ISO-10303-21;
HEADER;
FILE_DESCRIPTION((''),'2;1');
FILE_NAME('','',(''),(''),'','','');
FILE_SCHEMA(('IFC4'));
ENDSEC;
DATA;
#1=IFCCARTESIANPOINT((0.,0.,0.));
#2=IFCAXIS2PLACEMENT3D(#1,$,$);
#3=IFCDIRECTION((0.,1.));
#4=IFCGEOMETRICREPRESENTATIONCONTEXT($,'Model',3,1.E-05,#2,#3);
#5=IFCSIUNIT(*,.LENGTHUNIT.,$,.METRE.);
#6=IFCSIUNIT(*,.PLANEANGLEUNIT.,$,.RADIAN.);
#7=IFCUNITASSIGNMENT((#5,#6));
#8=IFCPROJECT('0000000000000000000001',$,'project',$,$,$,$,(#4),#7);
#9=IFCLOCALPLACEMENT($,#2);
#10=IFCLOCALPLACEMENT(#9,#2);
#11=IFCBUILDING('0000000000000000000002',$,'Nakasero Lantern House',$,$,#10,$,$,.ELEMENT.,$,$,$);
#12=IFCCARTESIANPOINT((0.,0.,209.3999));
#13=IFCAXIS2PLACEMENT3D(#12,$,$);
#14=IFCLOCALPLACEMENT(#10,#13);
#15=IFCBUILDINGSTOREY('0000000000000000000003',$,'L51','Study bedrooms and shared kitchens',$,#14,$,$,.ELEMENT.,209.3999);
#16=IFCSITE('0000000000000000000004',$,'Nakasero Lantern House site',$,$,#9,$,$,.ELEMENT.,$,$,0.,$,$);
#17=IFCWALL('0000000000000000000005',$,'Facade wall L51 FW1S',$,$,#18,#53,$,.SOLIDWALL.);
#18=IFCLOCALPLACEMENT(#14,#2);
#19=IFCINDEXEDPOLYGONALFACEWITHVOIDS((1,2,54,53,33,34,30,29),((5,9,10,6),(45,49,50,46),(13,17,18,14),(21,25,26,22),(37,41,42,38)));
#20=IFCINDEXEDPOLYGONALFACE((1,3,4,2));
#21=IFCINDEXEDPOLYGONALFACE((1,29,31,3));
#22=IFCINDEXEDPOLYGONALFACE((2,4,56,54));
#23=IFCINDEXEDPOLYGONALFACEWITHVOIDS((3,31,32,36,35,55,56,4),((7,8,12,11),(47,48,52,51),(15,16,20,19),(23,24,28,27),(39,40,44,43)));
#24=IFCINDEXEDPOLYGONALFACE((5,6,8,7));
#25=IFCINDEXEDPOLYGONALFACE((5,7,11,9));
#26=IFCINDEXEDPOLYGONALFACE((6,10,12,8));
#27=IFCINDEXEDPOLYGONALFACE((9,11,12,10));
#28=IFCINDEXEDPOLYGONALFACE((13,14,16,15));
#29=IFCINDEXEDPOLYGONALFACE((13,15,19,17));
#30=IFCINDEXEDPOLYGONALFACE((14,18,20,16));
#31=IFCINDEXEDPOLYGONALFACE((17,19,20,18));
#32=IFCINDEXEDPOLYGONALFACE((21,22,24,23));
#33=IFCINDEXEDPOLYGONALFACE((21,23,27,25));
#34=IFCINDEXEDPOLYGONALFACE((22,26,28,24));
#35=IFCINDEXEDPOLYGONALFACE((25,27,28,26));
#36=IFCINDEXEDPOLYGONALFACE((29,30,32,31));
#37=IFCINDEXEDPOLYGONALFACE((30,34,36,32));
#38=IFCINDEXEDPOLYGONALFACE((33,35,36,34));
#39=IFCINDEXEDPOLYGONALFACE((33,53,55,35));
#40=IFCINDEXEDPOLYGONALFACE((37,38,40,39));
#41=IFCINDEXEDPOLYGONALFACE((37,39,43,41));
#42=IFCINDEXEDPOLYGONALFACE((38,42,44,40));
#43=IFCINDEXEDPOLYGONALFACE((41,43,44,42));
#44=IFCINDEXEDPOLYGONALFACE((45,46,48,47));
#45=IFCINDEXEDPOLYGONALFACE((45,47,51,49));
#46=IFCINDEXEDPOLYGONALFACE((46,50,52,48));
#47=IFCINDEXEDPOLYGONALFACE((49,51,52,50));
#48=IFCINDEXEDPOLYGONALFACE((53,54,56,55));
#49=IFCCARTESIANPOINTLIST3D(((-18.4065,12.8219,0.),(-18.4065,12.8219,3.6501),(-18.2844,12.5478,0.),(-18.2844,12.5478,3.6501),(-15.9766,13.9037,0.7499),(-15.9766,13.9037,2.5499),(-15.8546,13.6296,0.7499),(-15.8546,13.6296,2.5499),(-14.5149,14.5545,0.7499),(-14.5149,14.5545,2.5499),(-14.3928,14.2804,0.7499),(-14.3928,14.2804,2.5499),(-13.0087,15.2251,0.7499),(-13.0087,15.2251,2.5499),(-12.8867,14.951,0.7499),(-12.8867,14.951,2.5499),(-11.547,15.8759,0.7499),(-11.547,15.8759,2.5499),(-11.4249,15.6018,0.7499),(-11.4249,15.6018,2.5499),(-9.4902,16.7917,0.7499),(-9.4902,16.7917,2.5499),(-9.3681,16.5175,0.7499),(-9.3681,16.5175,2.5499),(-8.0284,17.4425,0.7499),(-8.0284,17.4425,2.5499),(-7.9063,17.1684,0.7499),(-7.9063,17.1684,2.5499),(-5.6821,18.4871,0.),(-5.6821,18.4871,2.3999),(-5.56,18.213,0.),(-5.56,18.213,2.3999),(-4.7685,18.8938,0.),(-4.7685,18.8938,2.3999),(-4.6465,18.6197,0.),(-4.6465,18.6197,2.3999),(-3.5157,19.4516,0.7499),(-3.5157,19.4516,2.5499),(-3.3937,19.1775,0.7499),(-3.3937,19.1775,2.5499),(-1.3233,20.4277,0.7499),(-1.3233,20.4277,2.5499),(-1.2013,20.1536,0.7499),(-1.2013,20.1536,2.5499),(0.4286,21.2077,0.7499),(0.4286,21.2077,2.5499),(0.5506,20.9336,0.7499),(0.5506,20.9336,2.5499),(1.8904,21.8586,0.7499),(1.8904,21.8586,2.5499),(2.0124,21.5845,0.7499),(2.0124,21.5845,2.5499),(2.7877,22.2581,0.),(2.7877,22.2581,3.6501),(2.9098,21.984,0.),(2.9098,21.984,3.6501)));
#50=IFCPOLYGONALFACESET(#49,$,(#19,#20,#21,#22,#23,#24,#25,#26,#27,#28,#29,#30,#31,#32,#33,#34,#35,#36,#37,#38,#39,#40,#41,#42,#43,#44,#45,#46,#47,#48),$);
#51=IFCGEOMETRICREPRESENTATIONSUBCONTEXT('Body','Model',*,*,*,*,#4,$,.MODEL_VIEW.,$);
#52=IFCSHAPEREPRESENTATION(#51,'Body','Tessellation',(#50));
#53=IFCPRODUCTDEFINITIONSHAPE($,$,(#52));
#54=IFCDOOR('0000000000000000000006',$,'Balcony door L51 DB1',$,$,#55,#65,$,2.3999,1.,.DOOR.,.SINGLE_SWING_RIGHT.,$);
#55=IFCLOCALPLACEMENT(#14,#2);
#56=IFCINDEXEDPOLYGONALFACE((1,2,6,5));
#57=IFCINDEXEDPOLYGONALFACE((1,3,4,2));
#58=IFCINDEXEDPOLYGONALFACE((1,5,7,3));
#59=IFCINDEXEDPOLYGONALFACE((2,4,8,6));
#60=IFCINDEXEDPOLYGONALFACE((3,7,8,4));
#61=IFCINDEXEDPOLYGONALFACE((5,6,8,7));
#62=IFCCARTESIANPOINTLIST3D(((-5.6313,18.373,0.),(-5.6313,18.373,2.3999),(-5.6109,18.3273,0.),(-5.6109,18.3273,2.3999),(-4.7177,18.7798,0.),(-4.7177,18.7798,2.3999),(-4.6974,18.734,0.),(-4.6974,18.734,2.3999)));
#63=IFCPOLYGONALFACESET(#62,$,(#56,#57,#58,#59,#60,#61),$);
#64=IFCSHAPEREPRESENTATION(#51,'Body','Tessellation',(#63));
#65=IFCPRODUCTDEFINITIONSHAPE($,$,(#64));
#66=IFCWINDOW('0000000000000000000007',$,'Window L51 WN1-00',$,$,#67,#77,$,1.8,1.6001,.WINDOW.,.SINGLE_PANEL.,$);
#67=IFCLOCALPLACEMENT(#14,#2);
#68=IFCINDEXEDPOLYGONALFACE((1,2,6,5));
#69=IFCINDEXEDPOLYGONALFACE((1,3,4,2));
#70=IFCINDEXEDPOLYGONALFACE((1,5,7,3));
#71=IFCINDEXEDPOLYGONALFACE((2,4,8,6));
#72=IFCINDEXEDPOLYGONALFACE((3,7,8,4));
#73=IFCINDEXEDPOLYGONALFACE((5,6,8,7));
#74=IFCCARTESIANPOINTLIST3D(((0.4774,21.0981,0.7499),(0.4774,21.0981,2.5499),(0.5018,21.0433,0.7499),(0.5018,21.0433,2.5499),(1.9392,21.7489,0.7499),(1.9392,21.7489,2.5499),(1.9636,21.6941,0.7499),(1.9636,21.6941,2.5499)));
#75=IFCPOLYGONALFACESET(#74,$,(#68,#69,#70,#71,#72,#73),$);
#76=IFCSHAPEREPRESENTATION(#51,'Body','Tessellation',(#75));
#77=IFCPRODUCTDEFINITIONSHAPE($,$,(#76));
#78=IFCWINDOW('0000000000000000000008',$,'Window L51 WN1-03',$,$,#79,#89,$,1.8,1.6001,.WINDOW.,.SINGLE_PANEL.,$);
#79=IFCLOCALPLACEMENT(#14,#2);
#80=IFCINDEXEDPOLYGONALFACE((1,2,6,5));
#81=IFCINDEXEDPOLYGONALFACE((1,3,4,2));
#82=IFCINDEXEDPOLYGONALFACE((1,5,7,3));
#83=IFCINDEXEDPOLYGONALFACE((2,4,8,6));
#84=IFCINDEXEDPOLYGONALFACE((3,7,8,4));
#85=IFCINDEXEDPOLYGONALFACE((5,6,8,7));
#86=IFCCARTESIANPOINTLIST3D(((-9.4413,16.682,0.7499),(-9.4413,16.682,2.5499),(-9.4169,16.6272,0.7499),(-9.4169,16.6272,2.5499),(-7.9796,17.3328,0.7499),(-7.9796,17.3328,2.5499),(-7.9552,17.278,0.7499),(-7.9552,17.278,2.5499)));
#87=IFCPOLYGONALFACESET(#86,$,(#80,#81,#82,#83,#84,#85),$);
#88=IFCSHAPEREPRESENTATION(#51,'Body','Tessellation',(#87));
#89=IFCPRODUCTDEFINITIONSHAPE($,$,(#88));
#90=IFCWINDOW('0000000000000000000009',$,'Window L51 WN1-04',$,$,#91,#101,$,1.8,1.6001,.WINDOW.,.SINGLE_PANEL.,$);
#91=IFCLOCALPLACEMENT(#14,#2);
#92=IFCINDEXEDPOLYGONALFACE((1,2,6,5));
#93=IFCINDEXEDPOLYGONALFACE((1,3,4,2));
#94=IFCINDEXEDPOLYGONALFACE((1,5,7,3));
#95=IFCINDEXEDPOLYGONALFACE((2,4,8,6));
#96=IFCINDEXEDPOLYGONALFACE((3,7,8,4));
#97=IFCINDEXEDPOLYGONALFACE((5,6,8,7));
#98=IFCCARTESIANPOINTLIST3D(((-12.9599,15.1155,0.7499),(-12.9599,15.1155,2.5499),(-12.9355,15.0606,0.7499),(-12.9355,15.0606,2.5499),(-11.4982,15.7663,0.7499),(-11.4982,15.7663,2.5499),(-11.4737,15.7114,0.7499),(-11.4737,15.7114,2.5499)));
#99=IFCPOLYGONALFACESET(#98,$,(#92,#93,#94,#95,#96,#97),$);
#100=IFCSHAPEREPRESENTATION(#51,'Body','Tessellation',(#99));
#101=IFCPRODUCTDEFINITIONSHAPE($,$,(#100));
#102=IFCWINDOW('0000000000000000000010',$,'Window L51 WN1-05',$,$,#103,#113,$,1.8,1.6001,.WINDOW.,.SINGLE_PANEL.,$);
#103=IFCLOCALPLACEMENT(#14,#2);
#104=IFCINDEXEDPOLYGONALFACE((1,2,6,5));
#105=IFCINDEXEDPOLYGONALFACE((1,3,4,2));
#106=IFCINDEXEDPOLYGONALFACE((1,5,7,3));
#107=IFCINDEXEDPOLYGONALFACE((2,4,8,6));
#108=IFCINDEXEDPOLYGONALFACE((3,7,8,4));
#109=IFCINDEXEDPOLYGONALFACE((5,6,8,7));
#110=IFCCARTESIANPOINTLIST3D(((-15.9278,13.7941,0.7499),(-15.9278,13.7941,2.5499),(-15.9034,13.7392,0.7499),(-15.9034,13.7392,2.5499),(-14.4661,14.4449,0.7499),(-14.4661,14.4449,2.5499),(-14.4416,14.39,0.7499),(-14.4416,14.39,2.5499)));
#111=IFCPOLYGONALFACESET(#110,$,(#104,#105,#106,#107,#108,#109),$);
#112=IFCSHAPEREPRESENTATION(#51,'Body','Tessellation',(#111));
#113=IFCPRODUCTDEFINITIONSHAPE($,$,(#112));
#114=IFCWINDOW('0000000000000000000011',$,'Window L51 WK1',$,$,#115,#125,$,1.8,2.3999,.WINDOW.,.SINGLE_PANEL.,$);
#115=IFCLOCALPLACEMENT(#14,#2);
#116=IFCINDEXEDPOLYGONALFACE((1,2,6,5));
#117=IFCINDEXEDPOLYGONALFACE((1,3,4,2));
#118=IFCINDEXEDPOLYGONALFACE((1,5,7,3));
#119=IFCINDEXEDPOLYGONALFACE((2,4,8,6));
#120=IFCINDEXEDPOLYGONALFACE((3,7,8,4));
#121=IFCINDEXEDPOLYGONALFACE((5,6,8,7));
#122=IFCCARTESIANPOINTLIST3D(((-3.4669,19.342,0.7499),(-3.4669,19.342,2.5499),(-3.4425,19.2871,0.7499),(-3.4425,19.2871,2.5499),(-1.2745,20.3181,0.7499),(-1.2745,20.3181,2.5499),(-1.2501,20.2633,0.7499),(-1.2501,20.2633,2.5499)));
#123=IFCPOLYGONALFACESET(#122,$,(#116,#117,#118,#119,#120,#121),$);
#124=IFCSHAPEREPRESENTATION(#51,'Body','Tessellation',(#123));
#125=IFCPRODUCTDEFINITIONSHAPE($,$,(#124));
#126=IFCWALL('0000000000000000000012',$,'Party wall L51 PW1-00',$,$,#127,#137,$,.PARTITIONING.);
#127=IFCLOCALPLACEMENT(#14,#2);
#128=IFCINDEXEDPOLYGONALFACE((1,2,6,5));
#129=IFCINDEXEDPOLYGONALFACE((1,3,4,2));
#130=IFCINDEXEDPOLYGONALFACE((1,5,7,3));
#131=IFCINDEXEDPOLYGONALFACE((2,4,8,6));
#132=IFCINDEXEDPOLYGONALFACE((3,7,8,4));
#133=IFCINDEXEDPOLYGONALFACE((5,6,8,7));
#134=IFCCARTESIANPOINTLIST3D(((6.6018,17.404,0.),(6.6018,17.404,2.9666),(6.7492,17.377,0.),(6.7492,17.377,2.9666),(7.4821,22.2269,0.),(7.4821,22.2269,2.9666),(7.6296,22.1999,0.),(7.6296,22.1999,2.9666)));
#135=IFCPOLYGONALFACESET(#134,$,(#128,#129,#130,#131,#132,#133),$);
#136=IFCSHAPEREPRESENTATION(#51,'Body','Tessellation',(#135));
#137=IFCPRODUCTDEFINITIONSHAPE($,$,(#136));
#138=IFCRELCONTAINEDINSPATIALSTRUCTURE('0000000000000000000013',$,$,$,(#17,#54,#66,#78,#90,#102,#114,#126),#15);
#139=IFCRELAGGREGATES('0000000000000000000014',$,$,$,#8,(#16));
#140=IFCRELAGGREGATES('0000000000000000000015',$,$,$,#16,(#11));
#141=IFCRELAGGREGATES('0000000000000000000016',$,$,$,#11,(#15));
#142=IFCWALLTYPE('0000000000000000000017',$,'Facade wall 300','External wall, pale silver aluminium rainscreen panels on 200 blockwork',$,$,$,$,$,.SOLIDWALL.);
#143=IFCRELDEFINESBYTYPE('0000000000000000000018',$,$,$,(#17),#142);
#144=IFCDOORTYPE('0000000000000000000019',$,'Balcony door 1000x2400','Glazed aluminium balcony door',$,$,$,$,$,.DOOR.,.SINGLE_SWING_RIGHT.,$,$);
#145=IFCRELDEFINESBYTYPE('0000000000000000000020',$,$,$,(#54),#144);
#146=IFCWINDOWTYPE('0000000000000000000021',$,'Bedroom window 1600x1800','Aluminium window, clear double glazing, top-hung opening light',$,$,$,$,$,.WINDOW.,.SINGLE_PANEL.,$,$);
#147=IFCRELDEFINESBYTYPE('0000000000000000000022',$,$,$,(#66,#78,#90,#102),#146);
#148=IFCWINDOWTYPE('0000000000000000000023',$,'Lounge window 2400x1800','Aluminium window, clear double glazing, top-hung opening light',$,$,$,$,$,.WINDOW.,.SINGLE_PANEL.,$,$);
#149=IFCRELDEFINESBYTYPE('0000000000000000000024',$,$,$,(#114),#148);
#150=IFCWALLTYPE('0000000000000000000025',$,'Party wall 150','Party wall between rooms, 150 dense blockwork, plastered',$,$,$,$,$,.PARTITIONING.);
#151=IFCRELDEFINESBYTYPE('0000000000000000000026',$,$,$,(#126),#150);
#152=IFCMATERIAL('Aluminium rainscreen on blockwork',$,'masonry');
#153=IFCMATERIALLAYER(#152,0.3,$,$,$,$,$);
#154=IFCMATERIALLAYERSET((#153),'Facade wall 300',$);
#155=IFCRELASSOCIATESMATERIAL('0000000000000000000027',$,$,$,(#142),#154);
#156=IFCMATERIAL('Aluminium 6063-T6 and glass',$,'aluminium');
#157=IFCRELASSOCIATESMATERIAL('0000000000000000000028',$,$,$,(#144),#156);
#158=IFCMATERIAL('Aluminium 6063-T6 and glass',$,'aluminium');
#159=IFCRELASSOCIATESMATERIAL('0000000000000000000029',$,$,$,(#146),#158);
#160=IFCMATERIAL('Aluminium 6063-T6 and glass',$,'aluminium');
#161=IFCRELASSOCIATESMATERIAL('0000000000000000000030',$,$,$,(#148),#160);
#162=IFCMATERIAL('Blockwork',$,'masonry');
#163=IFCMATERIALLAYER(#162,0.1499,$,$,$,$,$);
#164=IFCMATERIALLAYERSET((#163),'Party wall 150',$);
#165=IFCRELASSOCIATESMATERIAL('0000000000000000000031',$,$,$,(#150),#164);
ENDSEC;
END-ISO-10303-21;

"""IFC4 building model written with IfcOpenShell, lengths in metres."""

from ifc_helpers import new_model, si_unit, direction, frame, frame_2d, origin, place, context, subcontext, project, spatial, rectangle, extrude, material, layer, layer_set, type_object, element, fill, save


model = new_model("IFC4")

# Units and contexts
model_context = context("Model", 3, precision=1e-05, world=origin(), true_north=direction((0.0, 1.0)))
body_context = subcontext(model_context, "Body", "Model", "MODEL_VIEW")
ifc_project = project(units=[si_unit("LENGTHUNIT", "METRE"), si_unit("PLANEANGLEUNIT", "RADIAN")], contexts=[model_context])

# Site, building, storey
site_placement = place(None, origin())
site = spatial("IfcSite", under=ifc_project, at=site_placement, Name="Nakasero Lantern House site", CompositionType="ELEMENT", RefElevation=0.0)
building_placement = place(site_placement, origin())
building = spatial("IfcBuilding", under=site, at=building_placement, Name="Nakasero Lantern House", CompositionType="ELEMENT")
storey_placement = place(building_placement, frame((0.0, 0.0, 209.3999)))
storey = spatial("IfcBuildingStorey", under=building, at=storey_placement, Name="L51", Description="Study bedrooms and shared kitchens", CompositionType="ELEMENT", Elevation=209.3999)

# Shared definitions
ifc_material_1 = material(Name="Aluminium rainscreen on blockwork", Category="masonry")
ifc_layer_1 = layer(ifc_material_1, 0.3)
ifc_layer_set_1 = layer_set([ifc_layer_1], Name="Facade wall 300")
wall_type_1 = type_object("IfcWallType", Name="Facade wall 300", Description="External wall, pale silver aluminium rainscreen panels on 200 blockwork", PredefinedType="SOLIDWALL", material=ifc_layer_set_1)

# Wall, openings, door, windows
wall_1_placement = place(storey_placement, frame((2.8489, 22.1211, 0.0), z_axis=(0.0, 0.0, 1.0), x_axis=(-0.913546, -0.406735, 0.0)))
wall_1 = element("IfcWall", 1, at=wall_1_placement, inside=storey, type_object=wall_type_1, Name="Facade wall L51 FW1S", PredefinedType="SOLIDWALL", context=body_context, shape_type="SweptSolid", body=[
    extrude(rectangle(XDim=23.2, YDim=0.3, at=frame_2d((11.6001, 0.0))), origin(), (0.0, 0.0, 1.0), 3.6501),
])
opening_1_placement = place(wall_1_placement, frame((0.9824, 0.0, 0.75)))
opening_1 = element("IfcOpeningElement", 2, at=opening_1_placement, cuts=wall_1, PredefinedType="OPENING", context=body_context, shape_type="SweptSolid", body=[
    extrude(rectangle(XDim=1.6001, YDim=1.8, at=frame_2d((0.8, 0.8999))), frame((0.0, 0.1699, 0.0), z_axis=(0.0, -1.0, 0.0), x_axis=(1.0, 0.0, 0.0)), (0.0, 0.0, 1.0), 0.3401),
])
opening_2_placement = place(wall_1_placement, frame((11.8398, 0.0, 0.75)))
opening_2 = element("IfcOpeningElement", 3, at=opening_2_placement, cuts=wall_1, PredefinedType="OPENING", context=body_context, shape_type="SweptSolid", body=[
    extrude(rectangle(XDim=1.6001, YDim=1.8, at=frame_2d((0.8, 0.8999))), frame((0.0, 0.1699, 0.0), z_axis=(0.0, -1.0, 0.0), x_axis=(1.0, 0.0, 0.0)), (0.0, 0.0, 1.0), 0.3401),
])
opening_3_placement = place(wall_1_placement, frame((15.6914, 0.0, 0.75)))
opening_3 = element("IfcOpeningElement", 4, at=opening_3_placement, cuts=wall_1, PredefinedType="OPENING", context=body_context, shape_type="SweptSolid", body=[
    extrude(rectangle(XDim=1.6001, YDim=1.8, at=frame_2d((0.8, 0.8999))), frame((0.0, 0.1699, 0.0), z_axis=(0.0, -1.0, 0.0), x_axis=(1.0, 0.0, 0.0)), (0.0, 0.0, 1.0), 0.3401),
])
opening_4_placement = place(wall_1_placement, frame((18.9402, 0.0, 0.75)))
opening_4 = element("IfcOpeningElement", 5, at=opening_4_placement, cuts=wall_1, PredefinedType="OPENING", context=body_context, shape_type="SweptSolid", body=[
    extrude(rectangle(XDim=1.6001, YDim=1.8, at=frame_2d((0.8, 0.8999))), frame((0.0, 0.1699, 0.0), z_axis=(0.0, -1.0, 0.0), x_axis=(1.0, 0.0, 0.0)), (0.0, 0.0, 1.0), 0.3401),
])
opening_5_placement = place(wall_1_placement, frame((4.5002, 0.0, 0.75)))
opening_5 = element("IfcOpeningElement", 6, at=opening_5_placement, cuts=wall_1, PredefinedType="OPENING", context=body_context, shape_type="SweptSolid", body=[
    extrude(rectangle(XDim=2.3999, YDim=1.8, at=frame_2d((1.2, 0.8999))), frame((0.0, 0.1699, 0.0), z_axis=(0.0, -1.0, 0.0), x_axis=(1.0, 0.0, 0.0)), (0.0, 0.0, 1.0), 0.3401),
])
opening_6_placement = place(wall_1_placement, frame((8.2715, 0.0, 0.0)))
opening_6 = element("IfcOpeningElement", 7, at=opening_6_placement, cuts=wall_1, PredefinedType="OPENING", context=body_context, shape_type="SweptSolid", body=[
    extrude(rectangle(XDim=1.0, YDim=2.3999, at=frame_2d((0.5, 1.2))), frame((0.0, 0.1699, 0.0), z_axis=(0.0, -1.0, 0.0), x_axis=(1.0, 0.0, 0.0)), (0.0, 0.0, 1.0), 0.3401),
])
ifc_material_2 = material(Name="Aluminium 6063-T6 and glass", Category="aluminium")
door_type_1 = type_object("IfcDoorType", Name="Balcony door 1000x2400", Description="Glazed aluminium balcony door", OperationType="SINGLE_SWING_RIGHT", PredefinedType="DOOR", material=ifc_material_2)
door_1_placement = place(opening_6_placement, origin())
door_1 = element("IfcDoor", 8, at=door_1_placement, inside=storey, type_object=door_type_1, Name="Balcony door L51 DB1", OperationType="SINGLE_SWING_RIGHT", OverallHeight=2.3999, OverallWidth=1.0, PredefinedType="DOOR", context=body_context, shape_type="SweptSolid", body=[
    extrude(rectangle(XDim=1.0, YDim=2.3999, at=frame_2d((0.5, 1.2))), frame((0.0, 0.0249, 0.0), z_axis=(0.0, -1.0, 0.0), x_axis=(1.0, 0.0, 0.0)), (0.0, 0.0, 1.0), 0.05),
])
fill(opening_6, door_1)
ifc_material_3 = material(Name="Aluminium 6063-T6 and glass", Category="aluminium")
window_type_1 = type_object("IfcWindowType", Name="Bedroom window 1600x1800", Description="Aluminium window, clear double glazing, top-hung opening light", PartitioningType="SINGLE_PANEL", PredefinedType="WINDOW", material=ifc_material_3)
window_1_placement = place(opening_1_placement, origin())
window_1 = element("IfcWindow", 9, at=window_1_placement, inside=storey, type_object=window_type_1, Name="Window L51 WN1-00", OverallHeight=1.8, OverallWidth=1.6001, PartitioningType="SINGLE_PANEL", PredefinedType="WINDOW", context=body_context, shape_type="SweptSolid", body=[
    extrude(rectangle(XDim=1.6001, YDim=1.8, at=frame_2d((0.8, 0.8999))), frame((0.0, 0.03, 0.0), z_axis=(0.0, -1.0, 0.0), x_axis=(1.0, 0.0, 0.0)), (0.0, 0.0, 1.0), 0.0601),
])
fill(opening_1, window_1)
window_2_placement = place(opening_2_placement, origin())
window_2 = element("IfcWindow", 10, at=window_2_placement, inside=storey, type_object=window_type_1, Name="Window L51 WN1-03", OverallHeight=1.8, OverallWidth=1.6001, PartitioningType="SINGLE_PANEL", PredefinedType="WINDOW", context=body_context, shape_type="SweptSolid", body=[
    extrude(rectangle(XDim=1.6001, YDim=1.8, at=frame_2d((0.8, 0.8999))), frame((0.0, 0.03, 0.0), z_axis=(0.0, -1.0, 0.0), x_axis=(1.0, 0.0, 0.0)), (0.0, 0.0, 1.0), 0.0601),
])
fill(opening_2, window_2)
window_3_placement = place(opening_3_placement, origin())
window_3 = element("IfcWindow", 11, at=window_3_placement, inside=storey, type_object=window_type_1, Name="Window L51 WN1-04", OverallHeight=1.8, OverallWidth=1.6001, PartitioningType="SINGLE_PANEL", PredefinedType="WINDOW", context=body_context, shape_type="SweptSolid", body=[
    extrude(rectangle(XDim=1.6001, YDim=1.8, at=frame_2d((0.8, 0.8999))), frame((0.0, 0.03, 0.0), z_axis=(0.0, -1.0, 0.0), x_axis=(1.0, 0.0, 0.0)), (0.0, 0.0, 1.0), 0.0601),
])
fill(opening_3, window_3)
window_4_placement = place(opening_4_placement, origin())
window_4 = element("IfcWindow", 12, at=window_4_placement, inside=storey, type_object=window_type_1, Name="Window L51 WN1-05", OverallHeight=1.8, OverallWidth=1.6001, PartitioningType="SINGLE_PANEL", PredefinedType="WINDOW", context=body_context, shape_type="SweptSolid", body=[
    extrude(rectangle(XDim=1.6001, YDim=1.8, at=frame_2d((0.8, 0.8999))), frame((0.0, 0.03, 0.0), z_axis=(0.0, -1.0, 0.0), x_axis=(1.0, 0.0, 0.0)), (0.0, 0.0, 1.0), 0.0601),
])
fill(opening_4, window_4)
ifc_material_4 = material(Name="Aluminium 6063-T6 and glass", Category="aluminium")
window_type_2 = type_object("IfcWindowType", Name="Lounge window 2400x1800", Description="Aluminium window, clear double glazing, top-hung opening light", PartitioningType="SINGLE_PANEL", PredefinedType="WINDOW", material=ifc_material_4)
window_5_placement = place(opening_5_placement, origin())
window_5 = element("IfcWindow", 13, at=window_5_placement, inside=storey, type_object=window_type_2, Name="Window L51 WK1", OverallHeight=1.8, OverallWidth=2.3999, PartitioningType="SINGLE_PANEL", PredefinedType="WINDOW", context=body_context, shape_type="SweptSolid", body=[
    extrude(rectangle(XDim=2.3999, YDim=1.8, at=frame_2d((1.2, 0.8999))), frame((0.0, 0.03, 0.0), z_axis=(0.0, -1.0, 0.0), x_axis=(1.0, 0.0, 0.0)), (0.0, 0.0, 1.0), 0.0601),
])
fill(opening_5, window_5)

# Wall
ifc_material_5 = material(Name="Blockwork", Category="masonry")
ifc_layer_2 = layer(ifc_material_5, 0.1499)
ifc_layer_set_2 = layer_set([ifc_layer_2], Name="Party wall 150")
wall_type_2 = type_object("IfcWallType", Name="Party wall 150", Description="Party wall between rooms, 150 dense blockwork, plastered", PredefinedType="PARTITIONING", material=ifc_layer_set_2)
wall_2_placement = place(storey_placement, frame((6.6755, 17.3906, 0.0), z_axis=(0.0, 0.0, 1.0), x_axis=(0.179569, 0.983745, 0.0)))
element("IfcWall", 14, at=wall_2_placement, inside=storey, type_object=wall_type_2, Name="Party wall L51 PW1-00", PredefinedType="PARTITIONING", context=body_context, shape_type="SweptSolid", body=[
    extrude(rectangle(XDim=4.9026, YDim=0.1499, at=frame_2d((2.4512, 0.0))), origin(), (0.0, 0.0, 1.0), 2.9666),
])

save(model, "model.ifc")
